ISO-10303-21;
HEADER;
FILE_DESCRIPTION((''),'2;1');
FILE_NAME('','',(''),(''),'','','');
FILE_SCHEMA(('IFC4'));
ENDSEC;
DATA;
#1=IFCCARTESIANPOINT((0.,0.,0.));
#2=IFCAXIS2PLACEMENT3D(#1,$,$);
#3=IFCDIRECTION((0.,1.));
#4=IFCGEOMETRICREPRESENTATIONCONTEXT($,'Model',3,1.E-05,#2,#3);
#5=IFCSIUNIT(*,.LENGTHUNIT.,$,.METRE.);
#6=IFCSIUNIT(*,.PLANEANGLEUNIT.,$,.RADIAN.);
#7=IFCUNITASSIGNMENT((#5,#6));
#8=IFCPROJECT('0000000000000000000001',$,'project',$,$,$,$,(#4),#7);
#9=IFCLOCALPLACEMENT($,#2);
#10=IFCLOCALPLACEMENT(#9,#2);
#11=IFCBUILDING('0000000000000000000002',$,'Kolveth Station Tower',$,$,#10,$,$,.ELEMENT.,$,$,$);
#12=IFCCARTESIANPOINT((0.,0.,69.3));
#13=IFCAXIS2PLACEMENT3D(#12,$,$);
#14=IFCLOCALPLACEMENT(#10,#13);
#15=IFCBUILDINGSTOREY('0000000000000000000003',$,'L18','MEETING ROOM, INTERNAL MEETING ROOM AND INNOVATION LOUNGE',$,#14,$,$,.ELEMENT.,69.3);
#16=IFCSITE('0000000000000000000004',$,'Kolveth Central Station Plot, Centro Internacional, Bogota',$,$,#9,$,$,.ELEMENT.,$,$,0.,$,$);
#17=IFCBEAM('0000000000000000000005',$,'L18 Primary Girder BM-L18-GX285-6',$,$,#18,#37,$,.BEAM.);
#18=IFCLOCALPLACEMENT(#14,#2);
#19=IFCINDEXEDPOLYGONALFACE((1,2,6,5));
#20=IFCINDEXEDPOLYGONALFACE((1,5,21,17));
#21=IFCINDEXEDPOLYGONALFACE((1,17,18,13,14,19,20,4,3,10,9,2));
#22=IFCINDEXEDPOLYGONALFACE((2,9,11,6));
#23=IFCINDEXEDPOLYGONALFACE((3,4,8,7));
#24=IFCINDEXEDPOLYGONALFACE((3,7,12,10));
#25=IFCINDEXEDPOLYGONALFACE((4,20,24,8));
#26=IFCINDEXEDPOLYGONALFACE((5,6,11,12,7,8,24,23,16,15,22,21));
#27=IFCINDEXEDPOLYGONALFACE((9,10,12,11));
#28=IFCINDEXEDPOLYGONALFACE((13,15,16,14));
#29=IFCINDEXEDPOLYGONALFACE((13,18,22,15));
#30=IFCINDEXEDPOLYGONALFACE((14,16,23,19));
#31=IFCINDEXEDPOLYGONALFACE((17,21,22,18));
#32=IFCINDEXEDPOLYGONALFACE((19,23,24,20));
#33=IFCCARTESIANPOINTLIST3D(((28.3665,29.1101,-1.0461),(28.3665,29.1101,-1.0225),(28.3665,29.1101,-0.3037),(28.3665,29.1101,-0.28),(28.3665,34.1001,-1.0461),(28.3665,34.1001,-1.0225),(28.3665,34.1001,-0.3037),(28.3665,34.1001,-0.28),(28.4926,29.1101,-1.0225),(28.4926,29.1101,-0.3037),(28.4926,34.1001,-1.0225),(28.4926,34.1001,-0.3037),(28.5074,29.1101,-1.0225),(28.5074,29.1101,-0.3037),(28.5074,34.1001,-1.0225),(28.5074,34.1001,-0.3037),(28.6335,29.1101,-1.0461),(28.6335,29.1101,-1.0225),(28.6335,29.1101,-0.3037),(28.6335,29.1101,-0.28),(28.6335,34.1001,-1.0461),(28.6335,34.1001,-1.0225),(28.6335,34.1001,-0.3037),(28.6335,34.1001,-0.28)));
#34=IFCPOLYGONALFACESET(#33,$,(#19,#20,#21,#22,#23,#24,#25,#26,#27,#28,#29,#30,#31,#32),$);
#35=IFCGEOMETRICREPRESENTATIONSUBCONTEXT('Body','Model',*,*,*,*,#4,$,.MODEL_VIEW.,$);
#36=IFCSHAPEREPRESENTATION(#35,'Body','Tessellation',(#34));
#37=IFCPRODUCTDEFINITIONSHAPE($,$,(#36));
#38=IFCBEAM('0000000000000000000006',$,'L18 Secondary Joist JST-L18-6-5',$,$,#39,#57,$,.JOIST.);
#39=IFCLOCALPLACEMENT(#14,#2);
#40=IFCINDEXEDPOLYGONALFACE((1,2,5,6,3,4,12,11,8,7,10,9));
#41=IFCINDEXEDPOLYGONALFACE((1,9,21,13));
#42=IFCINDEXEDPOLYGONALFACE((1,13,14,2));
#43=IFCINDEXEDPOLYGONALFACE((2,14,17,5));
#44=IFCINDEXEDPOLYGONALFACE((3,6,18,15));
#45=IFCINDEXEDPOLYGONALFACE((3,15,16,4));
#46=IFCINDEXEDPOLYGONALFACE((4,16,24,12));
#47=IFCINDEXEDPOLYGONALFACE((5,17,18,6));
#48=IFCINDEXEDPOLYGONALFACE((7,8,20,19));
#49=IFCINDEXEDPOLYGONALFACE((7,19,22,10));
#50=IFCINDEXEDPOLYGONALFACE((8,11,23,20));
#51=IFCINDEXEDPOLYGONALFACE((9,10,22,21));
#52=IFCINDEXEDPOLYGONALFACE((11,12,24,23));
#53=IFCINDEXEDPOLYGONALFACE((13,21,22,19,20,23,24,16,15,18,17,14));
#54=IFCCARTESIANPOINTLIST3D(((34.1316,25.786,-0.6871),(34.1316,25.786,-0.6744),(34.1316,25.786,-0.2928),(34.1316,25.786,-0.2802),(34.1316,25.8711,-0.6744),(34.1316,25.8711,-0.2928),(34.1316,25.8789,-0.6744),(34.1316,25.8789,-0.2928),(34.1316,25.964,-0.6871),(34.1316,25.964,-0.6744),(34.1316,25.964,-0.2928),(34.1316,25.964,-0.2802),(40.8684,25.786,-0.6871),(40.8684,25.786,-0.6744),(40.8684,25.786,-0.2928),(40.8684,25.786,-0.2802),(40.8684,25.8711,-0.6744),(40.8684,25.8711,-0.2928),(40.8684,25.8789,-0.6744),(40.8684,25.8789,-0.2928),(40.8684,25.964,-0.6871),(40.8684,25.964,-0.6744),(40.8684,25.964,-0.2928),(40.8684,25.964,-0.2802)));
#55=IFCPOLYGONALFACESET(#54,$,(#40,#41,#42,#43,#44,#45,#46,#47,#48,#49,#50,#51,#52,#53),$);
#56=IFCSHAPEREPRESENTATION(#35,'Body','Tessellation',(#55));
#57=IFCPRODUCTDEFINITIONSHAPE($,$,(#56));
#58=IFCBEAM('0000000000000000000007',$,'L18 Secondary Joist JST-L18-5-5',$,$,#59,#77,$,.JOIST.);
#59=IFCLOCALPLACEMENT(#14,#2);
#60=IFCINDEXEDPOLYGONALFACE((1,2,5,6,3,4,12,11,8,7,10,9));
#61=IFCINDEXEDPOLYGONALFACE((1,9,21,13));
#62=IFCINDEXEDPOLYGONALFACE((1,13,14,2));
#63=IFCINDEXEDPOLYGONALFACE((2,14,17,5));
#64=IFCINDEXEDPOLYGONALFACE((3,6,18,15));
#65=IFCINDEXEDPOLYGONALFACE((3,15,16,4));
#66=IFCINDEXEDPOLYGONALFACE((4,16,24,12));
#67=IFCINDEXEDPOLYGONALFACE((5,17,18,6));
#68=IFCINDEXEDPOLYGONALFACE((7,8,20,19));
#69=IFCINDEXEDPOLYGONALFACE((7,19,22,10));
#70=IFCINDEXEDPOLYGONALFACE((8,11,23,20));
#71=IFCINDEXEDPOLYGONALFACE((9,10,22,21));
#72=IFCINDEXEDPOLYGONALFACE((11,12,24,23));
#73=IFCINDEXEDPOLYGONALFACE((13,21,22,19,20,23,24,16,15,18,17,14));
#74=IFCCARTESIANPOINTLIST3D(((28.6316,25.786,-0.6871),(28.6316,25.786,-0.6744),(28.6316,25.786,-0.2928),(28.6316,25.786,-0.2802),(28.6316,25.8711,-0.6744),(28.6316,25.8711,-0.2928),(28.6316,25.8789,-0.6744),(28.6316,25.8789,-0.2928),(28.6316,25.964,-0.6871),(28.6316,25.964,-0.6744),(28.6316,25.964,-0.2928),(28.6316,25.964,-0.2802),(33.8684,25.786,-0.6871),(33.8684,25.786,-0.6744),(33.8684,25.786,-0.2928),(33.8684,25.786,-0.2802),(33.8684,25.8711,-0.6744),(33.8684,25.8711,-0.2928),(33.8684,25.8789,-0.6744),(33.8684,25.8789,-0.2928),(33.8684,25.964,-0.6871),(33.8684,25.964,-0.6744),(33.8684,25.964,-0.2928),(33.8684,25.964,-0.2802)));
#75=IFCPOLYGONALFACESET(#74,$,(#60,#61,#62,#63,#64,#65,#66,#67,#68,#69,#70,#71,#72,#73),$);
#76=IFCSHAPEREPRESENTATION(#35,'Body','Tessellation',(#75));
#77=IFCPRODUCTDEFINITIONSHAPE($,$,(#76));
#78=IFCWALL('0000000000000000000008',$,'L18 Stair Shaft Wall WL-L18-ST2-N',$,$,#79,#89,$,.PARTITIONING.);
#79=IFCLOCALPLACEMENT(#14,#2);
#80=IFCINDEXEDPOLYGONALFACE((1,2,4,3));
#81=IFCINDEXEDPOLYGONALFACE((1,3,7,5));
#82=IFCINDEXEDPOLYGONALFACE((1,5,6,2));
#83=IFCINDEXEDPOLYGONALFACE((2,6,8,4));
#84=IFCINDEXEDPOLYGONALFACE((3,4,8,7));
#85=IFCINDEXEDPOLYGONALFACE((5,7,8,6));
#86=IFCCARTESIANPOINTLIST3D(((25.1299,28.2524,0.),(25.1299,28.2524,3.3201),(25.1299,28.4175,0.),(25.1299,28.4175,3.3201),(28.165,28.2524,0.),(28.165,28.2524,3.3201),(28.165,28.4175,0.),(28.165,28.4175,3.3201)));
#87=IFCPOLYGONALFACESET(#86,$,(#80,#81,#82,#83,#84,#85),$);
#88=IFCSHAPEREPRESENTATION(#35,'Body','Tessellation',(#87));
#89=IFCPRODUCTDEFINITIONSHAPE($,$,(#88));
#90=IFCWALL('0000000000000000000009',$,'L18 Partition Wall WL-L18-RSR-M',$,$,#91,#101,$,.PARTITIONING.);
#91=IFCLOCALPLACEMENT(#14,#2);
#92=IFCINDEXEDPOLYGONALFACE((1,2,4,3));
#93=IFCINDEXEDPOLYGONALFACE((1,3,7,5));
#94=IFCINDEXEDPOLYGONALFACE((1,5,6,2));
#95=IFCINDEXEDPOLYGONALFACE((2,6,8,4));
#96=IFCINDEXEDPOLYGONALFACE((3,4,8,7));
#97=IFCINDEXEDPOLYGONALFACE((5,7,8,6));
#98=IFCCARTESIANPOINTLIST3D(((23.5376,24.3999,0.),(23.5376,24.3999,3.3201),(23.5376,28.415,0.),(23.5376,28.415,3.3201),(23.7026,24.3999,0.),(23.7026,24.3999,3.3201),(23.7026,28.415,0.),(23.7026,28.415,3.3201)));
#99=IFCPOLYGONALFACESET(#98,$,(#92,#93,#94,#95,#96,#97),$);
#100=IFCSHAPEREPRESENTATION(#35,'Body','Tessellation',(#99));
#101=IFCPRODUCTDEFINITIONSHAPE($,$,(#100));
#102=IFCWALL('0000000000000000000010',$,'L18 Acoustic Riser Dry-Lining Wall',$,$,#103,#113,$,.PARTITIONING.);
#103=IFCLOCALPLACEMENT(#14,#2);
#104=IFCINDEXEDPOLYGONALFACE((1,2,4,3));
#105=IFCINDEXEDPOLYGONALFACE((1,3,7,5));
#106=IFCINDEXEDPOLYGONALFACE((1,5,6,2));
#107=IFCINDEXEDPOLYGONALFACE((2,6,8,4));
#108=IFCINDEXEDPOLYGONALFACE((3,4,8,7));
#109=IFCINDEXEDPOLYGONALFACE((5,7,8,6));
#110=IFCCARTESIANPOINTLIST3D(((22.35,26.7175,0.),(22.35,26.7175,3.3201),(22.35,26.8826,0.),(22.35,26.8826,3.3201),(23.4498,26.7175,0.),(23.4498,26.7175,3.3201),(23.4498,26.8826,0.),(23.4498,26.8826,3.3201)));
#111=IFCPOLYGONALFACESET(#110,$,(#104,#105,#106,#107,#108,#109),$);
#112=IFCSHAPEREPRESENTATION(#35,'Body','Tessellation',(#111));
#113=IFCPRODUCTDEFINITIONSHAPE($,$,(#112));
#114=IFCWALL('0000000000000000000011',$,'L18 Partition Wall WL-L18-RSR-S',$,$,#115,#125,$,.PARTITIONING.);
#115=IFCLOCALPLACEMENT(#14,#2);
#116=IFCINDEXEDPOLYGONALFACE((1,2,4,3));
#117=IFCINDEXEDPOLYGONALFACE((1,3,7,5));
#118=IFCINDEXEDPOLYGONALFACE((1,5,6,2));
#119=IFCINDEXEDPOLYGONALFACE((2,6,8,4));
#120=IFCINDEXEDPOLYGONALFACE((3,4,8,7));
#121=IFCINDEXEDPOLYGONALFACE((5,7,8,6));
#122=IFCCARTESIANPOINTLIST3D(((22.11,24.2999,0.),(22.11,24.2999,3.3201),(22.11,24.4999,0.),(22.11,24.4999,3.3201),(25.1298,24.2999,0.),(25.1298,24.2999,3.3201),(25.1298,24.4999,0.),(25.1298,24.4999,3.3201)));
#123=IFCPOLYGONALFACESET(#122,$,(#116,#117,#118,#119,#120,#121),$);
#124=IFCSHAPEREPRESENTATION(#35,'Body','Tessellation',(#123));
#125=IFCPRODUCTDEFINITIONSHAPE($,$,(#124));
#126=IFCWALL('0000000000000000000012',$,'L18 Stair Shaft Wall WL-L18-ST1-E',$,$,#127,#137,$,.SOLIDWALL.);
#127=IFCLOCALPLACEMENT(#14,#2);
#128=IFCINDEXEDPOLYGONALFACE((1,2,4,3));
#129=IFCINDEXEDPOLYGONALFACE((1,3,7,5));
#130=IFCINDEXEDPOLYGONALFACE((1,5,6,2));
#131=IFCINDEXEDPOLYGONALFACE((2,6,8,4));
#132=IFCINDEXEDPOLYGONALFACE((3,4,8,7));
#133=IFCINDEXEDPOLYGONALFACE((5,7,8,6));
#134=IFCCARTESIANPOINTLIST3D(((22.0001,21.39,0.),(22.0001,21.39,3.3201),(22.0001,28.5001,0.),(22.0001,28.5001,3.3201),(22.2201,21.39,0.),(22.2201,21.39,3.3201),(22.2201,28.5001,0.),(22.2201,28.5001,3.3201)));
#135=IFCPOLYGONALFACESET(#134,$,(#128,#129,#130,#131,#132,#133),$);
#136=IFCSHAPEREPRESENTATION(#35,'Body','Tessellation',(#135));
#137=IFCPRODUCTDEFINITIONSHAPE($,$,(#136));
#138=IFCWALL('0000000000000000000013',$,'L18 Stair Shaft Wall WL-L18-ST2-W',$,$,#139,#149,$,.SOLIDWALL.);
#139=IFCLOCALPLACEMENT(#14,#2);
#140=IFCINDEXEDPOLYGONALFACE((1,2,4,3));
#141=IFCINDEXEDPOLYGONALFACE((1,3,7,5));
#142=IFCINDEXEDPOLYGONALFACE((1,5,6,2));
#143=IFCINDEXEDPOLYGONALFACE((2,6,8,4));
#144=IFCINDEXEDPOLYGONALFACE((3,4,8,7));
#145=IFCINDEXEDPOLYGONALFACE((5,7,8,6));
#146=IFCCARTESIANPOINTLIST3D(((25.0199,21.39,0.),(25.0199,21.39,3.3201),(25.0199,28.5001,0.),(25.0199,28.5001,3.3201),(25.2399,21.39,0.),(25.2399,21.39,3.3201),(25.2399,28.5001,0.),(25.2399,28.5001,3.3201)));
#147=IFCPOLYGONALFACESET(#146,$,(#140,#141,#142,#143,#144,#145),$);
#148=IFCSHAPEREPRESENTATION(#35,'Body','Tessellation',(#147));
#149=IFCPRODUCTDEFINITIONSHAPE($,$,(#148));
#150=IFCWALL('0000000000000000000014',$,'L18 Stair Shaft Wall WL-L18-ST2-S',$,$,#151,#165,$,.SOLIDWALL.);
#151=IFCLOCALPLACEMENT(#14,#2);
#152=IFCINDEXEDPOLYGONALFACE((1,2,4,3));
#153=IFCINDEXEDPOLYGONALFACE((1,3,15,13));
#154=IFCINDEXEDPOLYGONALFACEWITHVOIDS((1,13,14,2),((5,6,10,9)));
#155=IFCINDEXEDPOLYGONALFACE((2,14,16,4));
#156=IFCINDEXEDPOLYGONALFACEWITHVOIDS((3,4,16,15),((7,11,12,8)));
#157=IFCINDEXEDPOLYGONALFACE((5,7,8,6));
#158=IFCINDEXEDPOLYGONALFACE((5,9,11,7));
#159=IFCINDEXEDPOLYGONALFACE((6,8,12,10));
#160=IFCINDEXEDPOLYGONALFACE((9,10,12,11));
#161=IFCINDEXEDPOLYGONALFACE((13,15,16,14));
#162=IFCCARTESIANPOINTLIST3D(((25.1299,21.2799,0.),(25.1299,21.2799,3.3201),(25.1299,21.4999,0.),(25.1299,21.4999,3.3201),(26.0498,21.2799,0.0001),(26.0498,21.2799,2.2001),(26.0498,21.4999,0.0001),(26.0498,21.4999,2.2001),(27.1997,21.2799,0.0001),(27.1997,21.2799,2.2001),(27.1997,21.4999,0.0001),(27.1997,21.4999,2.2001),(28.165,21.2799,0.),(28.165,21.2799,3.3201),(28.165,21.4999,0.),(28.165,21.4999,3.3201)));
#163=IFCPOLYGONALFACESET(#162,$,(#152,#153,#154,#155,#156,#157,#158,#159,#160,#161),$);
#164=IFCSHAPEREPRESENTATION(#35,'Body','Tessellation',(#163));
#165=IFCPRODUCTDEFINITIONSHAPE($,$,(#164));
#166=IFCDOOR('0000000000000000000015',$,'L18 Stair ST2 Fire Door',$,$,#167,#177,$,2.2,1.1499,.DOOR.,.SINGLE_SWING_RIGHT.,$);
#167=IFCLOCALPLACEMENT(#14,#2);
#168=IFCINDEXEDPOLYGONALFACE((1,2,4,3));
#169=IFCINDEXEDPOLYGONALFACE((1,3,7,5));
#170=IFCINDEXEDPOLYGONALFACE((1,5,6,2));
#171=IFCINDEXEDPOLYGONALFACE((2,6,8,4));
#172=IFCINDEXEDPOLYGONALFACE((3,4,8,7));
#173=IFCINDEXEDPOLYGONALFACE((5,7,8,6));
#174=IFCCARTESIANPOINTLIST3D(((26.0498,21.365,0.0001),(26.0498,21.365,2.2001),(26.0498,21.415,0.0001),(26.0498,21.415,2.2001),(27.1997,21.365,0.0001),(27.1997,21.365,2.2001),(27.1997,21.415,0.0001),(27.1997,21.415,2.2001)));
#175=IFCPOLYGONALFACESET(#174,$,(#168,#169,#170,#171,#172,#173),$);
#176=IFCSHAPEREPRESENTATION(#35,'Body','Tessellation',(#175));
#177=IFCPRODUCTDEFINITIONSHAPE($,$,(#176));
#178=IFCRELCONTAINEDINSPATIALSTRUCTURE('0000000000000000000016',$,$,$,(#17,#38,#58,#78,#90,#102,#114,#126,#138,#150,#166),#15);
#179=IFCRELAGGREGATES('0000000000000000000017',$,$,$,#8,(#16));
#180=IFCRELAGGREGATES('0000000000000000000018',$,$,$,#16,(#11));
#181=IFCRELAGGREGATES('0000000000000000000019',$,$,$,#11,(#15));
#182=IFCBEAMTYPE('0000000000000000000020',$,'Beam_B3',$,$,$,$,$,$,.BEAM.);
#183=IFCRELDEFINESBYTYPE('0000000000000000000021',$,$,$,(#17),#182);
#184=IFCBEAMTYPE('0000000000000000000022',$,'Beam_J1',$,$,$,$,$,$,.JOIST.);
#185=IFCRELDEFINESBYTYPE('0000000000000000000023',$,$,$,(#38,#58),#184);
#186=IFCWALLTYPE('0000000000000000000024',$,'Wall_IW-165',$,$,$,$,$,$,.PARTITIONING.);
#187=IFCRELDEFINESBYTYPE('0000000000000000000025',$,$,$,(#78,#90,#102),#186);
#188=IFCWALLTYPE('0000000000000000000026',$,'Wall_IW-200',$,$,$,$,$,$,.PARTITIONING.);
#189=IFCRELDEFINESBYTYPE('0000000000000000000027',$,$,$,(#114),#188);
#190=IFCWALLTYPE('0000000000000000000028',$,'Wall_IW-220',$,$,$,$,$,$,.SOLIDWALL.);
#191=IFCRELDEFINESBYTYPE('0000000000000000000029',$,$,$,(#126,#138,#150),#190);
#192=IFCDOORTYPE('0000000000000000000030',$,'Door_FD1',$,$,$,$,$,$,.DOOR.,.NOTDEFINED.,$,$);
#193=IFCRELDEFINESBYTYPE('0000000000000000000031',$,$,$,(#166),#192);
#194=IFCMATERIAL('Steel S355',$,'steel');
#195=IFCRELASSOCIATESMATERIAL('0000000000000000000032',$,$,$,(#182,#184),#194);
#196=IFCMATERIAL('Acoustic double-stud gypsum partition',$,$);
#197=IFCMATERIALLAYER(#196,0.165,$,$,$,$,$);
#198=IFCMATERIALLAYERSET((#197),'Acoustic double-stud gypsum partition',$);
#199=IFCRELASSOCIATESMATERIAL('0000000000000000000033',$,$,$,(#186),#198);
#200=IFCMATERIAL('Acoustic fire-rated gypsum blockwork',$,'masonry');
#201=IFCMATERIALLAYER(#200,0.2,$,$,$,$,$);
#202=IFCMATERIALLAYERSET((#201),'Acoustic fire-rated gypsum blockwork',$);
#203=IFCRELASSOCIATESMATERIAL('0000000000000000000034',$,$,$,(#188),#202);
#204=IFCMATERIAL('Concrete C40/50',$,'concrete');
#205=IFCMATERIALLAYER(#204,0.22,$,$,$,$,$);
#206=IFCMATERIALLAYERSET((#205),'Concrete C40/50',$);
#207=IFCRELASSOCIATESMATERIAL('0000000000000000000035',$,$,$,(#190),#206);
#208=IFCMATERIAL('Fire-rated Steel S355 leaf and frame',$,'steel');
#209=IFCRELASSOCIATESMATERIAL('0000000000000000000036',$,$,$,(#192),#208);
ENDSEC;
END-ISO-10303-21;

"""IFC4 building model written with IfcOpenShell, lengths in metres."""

from ifc_helpers import new_model, si_unit, direction, frame, frame_2d, origin, origin_2d, place, context, subcontext, project, spatial, rectangle, i_section, extrude, source, transform, mapped, material, layer, layer_set, material_profile, profile_set, type_object, element, fill, save


model = new_model("IFC4")

# Units and contexts
model_context = context("Model", 3, precision=1e-05, world=origin(), true_north=direction((0.0, 1.0)))
body_context = subcontext(model_context, "Body", "Model", "MODEL_VIEW")
ifc_project = project(units=[si_unit("LENGTHUNIT", "METRE"), si_unit("PLANEANGLEUNIT", "RADIAN")], contexts=[model_context])

# Site, building, storey
site_placement = place(None, origin())
site = spatial("IfcSite", under=ifc_project, at=site_placement, Name="Kolveth Central Station Plot, Centro Internacional, Bogota", CompositionType="ELEMENT", RefElevation=0.0)
building_placement = place(site_placement, origin())
building = spatial("IfcBuilding", under=site, at=building_placement, Name="Kolveth Station Tower", CompositionType="ELEMENT")
storey_placement = place(building_placement, frame((0.0, 0.0, 69.3)))
storey = spatial("IfcBuildingStorey", under=building, at=storey_placement, Name="L18", Description="MEETING ROOM, INTERNAL MEETING ROOM AND INNOVATION LOUNGE", CompositionType="ELEMENT", Elevation=69.3)

# Beams
ifc_material_1 = material(Name="Steel S355", Category="steel")
ifc_material_profile_1 = material_profile(ifc_material_1, i_section(OverallWidth=0.2671, OverallDepth=0.7661, WebThickness=0.0149, FlangeThickness=0.0237, at=origin_2d()), Name="W760x185")
ifc_profile_set_1 = profile_set([ifc_material_profile_1], Name="Steel S355")
beam_type_1 = type_object("IfcBeamType", Name="Beam_B3", PredefinedType="BEAM", material=ifc_profile_set_1)
shared_shape_1 = source(origin(), body_context, "Body", "SweptSolid", [
    extrude(i_section(OverallWidth=0.2671, OverallDepth=0.7661, WebThickness=0.0149, FlangeThickness=0.0237, at=origin_2d()), origin(), (0.0, 0.0, 1.0), 4.99),
])
beam_1_placement = place(storey_placement, frame((28.5, 29.1101, -0.6631), z_axis=(0.0, 1.0, 0.0), x_axis=(-1.0, 0.0, 0.0)))
element("IfcBeam", 1, at=beam_1_placement, inside=storey, type_object=beam_type_1, Name="L18 Primary Girder BM-L18-GX285-6", PredefinedType="BEAM", context=body_context, shape_type="MappedRepresentation", body=[
    mapped(shared_shape_1, transform((0.0, 0.0, 0.0), x_axis=(1.0, 0.0, 0.0), y_axis=(0.0, 1.0, 0.0), z_axis=(0.0, 0.0, 1.0), scale=1.0)),
])
ifc_material_profile_2 = material_profile(ifc_material_1, i_section(OverallWidth=0.178, OverallDepth=0.407, WebThickness=0.0078, FlangeThickness=0.0127, at=origin_2d()), Name="W410x60")
ifc_profile_set_2 = profile_set([ifc_material_profile_2], Name="Steel S355")
beam_type_2 = type_object("IfcBeamType", Name="Beam_J1", PredefinedType="JOIST", material=ifc_profile_set_2)
shared_shape_2 = source(origin(), body_context, "Body", "SweptSolid", [
    extrude(i_section(OverallWidth=0.178, OverallDepth=0.407, WebThickness=0.0078, FlangeThickness=0.0127, at=origin_2d()), origin(), (0.0, 0.0, 1.0), 6.7368),
])
beam_2_placement = place(storey_placement, frame((34.1316, 25.875, -0.4836), z_axis=(1.0, 0.0, 0.0), x_axis=(0.0, 1.0, 0.0)))
element("IfcBeam", 2, at=beam_2_placement, inside=storey, type_object=beam_type_2, Name="L18 Secondary Joist JST-L18-6-5", PredefinedType="JOIST", context=body_context, shape_type="MappedRepresentation", body=[
    mapped(shared_shape_2, transform((0.0, 0.0, 0.0), x_axis=(1.0, 0.0, 0.0), y_axis=(0.0, 1.0, 0.0), z_axis=(0.0, 0.0, 1.0), scale=1.0)),
])
shared_shape_3 = source(origin(), body_context, "Body", "SweptSolid", [
    extrude(i_section(OverallWidth=0.178, OverallDepth=0.407, WebThickness=0.0078, FlangeThickness=0.0127, at=origin_2d()), origin(), (0.0, 0.0, 1.0), 5.2368),
])
beam_3_placement = place(storey_placement, frame((28.6316, 25.875, -0.4836), z_axis=(1.0, 0.0, 0.0), x_axis=(0.0, 1.0, 0.0)))
element("IfcBeam", 3, at=beam_3_placement, inside=storey, type_object=beam_type_2, Name="L18 Secondary Joist JST-L18-5-5", PredefinedType="JOIST", context=body_context, shape_type="MappedRepresentation", body=[
    mapped(shared_shape_3, transform((0.0, 0.0, 0.0), x_axis=(1.0, 0.0, 0.0), y_axis=(0.0, 1.0, 0.0), z_axis=(0.0, 0.0, 1.0), scale=1.0)),
])

# Walls
ifc_material_2 = material(Name="Acoustic double-stud gypsum partition")
ifc_layer_1 = layer(ifc_material_2, 0.165)
ifc_layer_set_1 = layer_set([ifc_layer_1], Name="Acoustic double-stud gypsum partition")
wall_type_1 = type_object("IfcWallType", Name="Wall_IW-165", PredefinedType="PARTITIONING", material=ifc_layer_set_1)
wall_1_placement = place(storey_placement, frame((25.1299, 28.335, 0.0), z_axis=(0.0, 0.0, 1.0), x_axis=(1.0, 0.0, 0.0)))
element("IfcWall", 4, at=wall_1_placement, inside=storey, type_object=wall_type_1, Name="L18 Stair Shaft Wall WL-L18-ST2-N", PredefinedType="PARTITIONING", context=body_context, shape_type="SweptSolid", body=[
    extrude(rectangle(XDim=3.0352, YDim=0.165, at=frame_2d((1.5176, 0.0))), origin(), (0.0, 0.0, 1.0), 3.3201),
])
wall_2_placement = place(storey_placement, frame((23.6201, 24.3999, 0.0), z_axis=(0.0, 0.0, 1.0), x_axis=(0.0, 1.0, 0.0)))
element("IfcWall", 5, at=wall_2_placement, inside=storey, type_object=wall_type_1, Name="L18 Partition Wall WL-L18-RSR-M", PredefinedType="PARTITIONING", context=body_context, shape_type="SweptSolid", body=[
    extrude(rectangle(XDim=4.0151, YDim=0.165, at=frame_2d((2.0076, 0.0))), origin(), (0.0, 0.0, 1.0), 3.3201),
])
wall_3_placement = place(storey_placement, frame((22.3501, 26.8, 0.0), z_axis=(0.0, 0.0, 1.0), x_axis=(1.0, 0.0, 0.0)))
element("IfcWall", 6, at=wall_3_placement, inside=storey, type_object=wall_type_1, Name="L18 Acoustic Riser Dry-Lining Wall", PredefinedType="PARTITIONING", context=body_context, shape_type="SweptSolid", body=[
    extrude(rectangle(XDim=1.0999, YDim=0.165, at=frame_2d((0.5498, 0.0))), origin(), (0.0, 0.0, 1.0), 3.3201),
])
ifc_material_3 = material(Name="Acoustic fire-rated gypsum blockwork", Category="masonry")
ifc_layer_2 = layer(ifc_material_3, 0.2)
ifc_layer_set_2 = layer_set([ifc_layer_2], Name="Acoustic fire-rated gypsum blockwork")
wall_type_2 = type_object("IfcWallType", Name="Wall_IW-200", PredefinedType="PARTITIONING", material=ifc_layer_set_2)
wall_4_placement = place(storey_placement, frame((22.1101, 24.3999, 0.0), z_axis=(0.0, 0.0, 1.0), x_axis=(1.0, 0.0, 0.0)))
element("IfcWall", 7, at=wall_4_placement, inside=storey, type_object=wall_type_2, Name="L18 Partition Wall WL-L18-RSR-S", PredefinedType="PARTITIONING", context=body_context, shape_type="SweptSolid", body=[
    extrude(rectangle(XDim=3.0198, YDim=0.2, at=frame_2d((1.5098, 0.0))), origin(), (0.0, 0.0, 1.0), 3.3201),
])
ifc_material_4 = material(Name="Concrete C40/50", Category="concrete")
ifc_layer_3 = layer(ifc_material_4, 0.22)
ifc_layer_set_3 = layer_set([ifc_layer_3], Name="Concrete C40/50")
wall_type_3 = type_object("IfcWallType", Name="Wall_IW-220", PredefinedType="SOLIDWALL", material=ifc_layer_set_3)
for number, where, z_axis, x_axis, name in (
    (8, (22.1101, 21.3899, 0.0), (0.0, 0.0, 1.0), (0.0, 1.0, 0.0), "L18 Stair Shaft Wall WL-L18-ST1-E"),
    (9, (25.1299, 21.3899, 0.0), (0.0, 0.0, 1.0), (0.0, 1.0, 0.0), "L18 Stair Shaft Wall WL-L18-ST2-W"),
):
    element("IfcWall", number, at=place(storey_placement, frame(where, z_axis=z_axis, x_axis=x_axis)), inside=storey, type_object=wall_type_3, Name=name, PredefinedType="SOLIDWALL", context=body_context, shape_type="SweptSolid", body=[
        extrude(rectangle(XDim=7.1101, YDim=0.22, at=frame_2d((3.5552, 0.0))), origin(), (0.0, 0.0, 1.0), 3.3201),
    ])

# Wall, opening, door
wall_5_placement = place(storey_placement, frame((25.1299, 21.3899, 0.0), z_axis=(0.0, 0.0, 1.0), x_axis=(1.0, 0.0, 0.0)))
wall_5 = element("IfcWall", 10, at=wall_5_placement, inside=storey, type_object=wall_type_3, Name="L18 Stair Shaft Wall WL-L18-ST2-S", PredefinedType="SOLIDWALL", context=body_context, shape_type="SweptSolid", body=[
    extrude(rectangle(XDim=3.0352, YDim=0.22, at=frame_2d((1.5176, 0.0))), origin(), (0.0, 0.0, 1.0), 3.3201),
])
opening_placement = place(wall_5_placement, frame((0.9199, 0.0, 0.0)))
opening = element("IfcOpeningElement", 11, at=opening_placement, cuts=wall_5, PredefinedType="OPENING", context=body_context, shape_type="SweptSolid", body=[
    extrude(rectangle(XDim=1.1499, YDim=2.2, at=frame_2d((0.575, 1.1001))), frame((0.0, 0.1199, 0.0), z_axis=(0.0, -1.0, 0.0), x_axis=(1.0, 0.0, 0.0)), (0.0, 0.0, 1.0), 0.24),
])
ifc_material_5 = material(Name="Fire-rated Steel S355 leaf and frame", Category="steel")
door_type = type_object("IfcDoorType", Name="Door_FD1", OperationType="NOTDEFINED", PredefinedType="DOOR", material=ifc_material_5)
door_placement = place(opening_placement, frame((1.1499, 0.0, 0.0), z_axis=(0.0, 0.0, 1.0), x_axis=(-1.0, 0.0, 0.0)))
door = element("IfcDoor", 12, at=door_placement, inside=storey, type_object=door_type, Name="L18 Stair ST2 Fire Door", OperationType="SINGLE_SWING_RIGHT", OverallHeight=2.2, OverallWidth=1.1499, PredefinedType="DOOR", context=body_context, shape_type="SweptSolid", body=[
    extrude(rectangle(XDim=1.1499, YDim=2.2, at=frame_2d((0.575, 1.1001))), frame((0.0, 0.0249, 0.0), z_axis=(0.0, -1.0, 0.0), x_axis=(1.0, 0.0, 0.0)), (0.0, 0.0, 1.0), 0.05),
])
fill(opening, door)

save(model, "model.ifc")
